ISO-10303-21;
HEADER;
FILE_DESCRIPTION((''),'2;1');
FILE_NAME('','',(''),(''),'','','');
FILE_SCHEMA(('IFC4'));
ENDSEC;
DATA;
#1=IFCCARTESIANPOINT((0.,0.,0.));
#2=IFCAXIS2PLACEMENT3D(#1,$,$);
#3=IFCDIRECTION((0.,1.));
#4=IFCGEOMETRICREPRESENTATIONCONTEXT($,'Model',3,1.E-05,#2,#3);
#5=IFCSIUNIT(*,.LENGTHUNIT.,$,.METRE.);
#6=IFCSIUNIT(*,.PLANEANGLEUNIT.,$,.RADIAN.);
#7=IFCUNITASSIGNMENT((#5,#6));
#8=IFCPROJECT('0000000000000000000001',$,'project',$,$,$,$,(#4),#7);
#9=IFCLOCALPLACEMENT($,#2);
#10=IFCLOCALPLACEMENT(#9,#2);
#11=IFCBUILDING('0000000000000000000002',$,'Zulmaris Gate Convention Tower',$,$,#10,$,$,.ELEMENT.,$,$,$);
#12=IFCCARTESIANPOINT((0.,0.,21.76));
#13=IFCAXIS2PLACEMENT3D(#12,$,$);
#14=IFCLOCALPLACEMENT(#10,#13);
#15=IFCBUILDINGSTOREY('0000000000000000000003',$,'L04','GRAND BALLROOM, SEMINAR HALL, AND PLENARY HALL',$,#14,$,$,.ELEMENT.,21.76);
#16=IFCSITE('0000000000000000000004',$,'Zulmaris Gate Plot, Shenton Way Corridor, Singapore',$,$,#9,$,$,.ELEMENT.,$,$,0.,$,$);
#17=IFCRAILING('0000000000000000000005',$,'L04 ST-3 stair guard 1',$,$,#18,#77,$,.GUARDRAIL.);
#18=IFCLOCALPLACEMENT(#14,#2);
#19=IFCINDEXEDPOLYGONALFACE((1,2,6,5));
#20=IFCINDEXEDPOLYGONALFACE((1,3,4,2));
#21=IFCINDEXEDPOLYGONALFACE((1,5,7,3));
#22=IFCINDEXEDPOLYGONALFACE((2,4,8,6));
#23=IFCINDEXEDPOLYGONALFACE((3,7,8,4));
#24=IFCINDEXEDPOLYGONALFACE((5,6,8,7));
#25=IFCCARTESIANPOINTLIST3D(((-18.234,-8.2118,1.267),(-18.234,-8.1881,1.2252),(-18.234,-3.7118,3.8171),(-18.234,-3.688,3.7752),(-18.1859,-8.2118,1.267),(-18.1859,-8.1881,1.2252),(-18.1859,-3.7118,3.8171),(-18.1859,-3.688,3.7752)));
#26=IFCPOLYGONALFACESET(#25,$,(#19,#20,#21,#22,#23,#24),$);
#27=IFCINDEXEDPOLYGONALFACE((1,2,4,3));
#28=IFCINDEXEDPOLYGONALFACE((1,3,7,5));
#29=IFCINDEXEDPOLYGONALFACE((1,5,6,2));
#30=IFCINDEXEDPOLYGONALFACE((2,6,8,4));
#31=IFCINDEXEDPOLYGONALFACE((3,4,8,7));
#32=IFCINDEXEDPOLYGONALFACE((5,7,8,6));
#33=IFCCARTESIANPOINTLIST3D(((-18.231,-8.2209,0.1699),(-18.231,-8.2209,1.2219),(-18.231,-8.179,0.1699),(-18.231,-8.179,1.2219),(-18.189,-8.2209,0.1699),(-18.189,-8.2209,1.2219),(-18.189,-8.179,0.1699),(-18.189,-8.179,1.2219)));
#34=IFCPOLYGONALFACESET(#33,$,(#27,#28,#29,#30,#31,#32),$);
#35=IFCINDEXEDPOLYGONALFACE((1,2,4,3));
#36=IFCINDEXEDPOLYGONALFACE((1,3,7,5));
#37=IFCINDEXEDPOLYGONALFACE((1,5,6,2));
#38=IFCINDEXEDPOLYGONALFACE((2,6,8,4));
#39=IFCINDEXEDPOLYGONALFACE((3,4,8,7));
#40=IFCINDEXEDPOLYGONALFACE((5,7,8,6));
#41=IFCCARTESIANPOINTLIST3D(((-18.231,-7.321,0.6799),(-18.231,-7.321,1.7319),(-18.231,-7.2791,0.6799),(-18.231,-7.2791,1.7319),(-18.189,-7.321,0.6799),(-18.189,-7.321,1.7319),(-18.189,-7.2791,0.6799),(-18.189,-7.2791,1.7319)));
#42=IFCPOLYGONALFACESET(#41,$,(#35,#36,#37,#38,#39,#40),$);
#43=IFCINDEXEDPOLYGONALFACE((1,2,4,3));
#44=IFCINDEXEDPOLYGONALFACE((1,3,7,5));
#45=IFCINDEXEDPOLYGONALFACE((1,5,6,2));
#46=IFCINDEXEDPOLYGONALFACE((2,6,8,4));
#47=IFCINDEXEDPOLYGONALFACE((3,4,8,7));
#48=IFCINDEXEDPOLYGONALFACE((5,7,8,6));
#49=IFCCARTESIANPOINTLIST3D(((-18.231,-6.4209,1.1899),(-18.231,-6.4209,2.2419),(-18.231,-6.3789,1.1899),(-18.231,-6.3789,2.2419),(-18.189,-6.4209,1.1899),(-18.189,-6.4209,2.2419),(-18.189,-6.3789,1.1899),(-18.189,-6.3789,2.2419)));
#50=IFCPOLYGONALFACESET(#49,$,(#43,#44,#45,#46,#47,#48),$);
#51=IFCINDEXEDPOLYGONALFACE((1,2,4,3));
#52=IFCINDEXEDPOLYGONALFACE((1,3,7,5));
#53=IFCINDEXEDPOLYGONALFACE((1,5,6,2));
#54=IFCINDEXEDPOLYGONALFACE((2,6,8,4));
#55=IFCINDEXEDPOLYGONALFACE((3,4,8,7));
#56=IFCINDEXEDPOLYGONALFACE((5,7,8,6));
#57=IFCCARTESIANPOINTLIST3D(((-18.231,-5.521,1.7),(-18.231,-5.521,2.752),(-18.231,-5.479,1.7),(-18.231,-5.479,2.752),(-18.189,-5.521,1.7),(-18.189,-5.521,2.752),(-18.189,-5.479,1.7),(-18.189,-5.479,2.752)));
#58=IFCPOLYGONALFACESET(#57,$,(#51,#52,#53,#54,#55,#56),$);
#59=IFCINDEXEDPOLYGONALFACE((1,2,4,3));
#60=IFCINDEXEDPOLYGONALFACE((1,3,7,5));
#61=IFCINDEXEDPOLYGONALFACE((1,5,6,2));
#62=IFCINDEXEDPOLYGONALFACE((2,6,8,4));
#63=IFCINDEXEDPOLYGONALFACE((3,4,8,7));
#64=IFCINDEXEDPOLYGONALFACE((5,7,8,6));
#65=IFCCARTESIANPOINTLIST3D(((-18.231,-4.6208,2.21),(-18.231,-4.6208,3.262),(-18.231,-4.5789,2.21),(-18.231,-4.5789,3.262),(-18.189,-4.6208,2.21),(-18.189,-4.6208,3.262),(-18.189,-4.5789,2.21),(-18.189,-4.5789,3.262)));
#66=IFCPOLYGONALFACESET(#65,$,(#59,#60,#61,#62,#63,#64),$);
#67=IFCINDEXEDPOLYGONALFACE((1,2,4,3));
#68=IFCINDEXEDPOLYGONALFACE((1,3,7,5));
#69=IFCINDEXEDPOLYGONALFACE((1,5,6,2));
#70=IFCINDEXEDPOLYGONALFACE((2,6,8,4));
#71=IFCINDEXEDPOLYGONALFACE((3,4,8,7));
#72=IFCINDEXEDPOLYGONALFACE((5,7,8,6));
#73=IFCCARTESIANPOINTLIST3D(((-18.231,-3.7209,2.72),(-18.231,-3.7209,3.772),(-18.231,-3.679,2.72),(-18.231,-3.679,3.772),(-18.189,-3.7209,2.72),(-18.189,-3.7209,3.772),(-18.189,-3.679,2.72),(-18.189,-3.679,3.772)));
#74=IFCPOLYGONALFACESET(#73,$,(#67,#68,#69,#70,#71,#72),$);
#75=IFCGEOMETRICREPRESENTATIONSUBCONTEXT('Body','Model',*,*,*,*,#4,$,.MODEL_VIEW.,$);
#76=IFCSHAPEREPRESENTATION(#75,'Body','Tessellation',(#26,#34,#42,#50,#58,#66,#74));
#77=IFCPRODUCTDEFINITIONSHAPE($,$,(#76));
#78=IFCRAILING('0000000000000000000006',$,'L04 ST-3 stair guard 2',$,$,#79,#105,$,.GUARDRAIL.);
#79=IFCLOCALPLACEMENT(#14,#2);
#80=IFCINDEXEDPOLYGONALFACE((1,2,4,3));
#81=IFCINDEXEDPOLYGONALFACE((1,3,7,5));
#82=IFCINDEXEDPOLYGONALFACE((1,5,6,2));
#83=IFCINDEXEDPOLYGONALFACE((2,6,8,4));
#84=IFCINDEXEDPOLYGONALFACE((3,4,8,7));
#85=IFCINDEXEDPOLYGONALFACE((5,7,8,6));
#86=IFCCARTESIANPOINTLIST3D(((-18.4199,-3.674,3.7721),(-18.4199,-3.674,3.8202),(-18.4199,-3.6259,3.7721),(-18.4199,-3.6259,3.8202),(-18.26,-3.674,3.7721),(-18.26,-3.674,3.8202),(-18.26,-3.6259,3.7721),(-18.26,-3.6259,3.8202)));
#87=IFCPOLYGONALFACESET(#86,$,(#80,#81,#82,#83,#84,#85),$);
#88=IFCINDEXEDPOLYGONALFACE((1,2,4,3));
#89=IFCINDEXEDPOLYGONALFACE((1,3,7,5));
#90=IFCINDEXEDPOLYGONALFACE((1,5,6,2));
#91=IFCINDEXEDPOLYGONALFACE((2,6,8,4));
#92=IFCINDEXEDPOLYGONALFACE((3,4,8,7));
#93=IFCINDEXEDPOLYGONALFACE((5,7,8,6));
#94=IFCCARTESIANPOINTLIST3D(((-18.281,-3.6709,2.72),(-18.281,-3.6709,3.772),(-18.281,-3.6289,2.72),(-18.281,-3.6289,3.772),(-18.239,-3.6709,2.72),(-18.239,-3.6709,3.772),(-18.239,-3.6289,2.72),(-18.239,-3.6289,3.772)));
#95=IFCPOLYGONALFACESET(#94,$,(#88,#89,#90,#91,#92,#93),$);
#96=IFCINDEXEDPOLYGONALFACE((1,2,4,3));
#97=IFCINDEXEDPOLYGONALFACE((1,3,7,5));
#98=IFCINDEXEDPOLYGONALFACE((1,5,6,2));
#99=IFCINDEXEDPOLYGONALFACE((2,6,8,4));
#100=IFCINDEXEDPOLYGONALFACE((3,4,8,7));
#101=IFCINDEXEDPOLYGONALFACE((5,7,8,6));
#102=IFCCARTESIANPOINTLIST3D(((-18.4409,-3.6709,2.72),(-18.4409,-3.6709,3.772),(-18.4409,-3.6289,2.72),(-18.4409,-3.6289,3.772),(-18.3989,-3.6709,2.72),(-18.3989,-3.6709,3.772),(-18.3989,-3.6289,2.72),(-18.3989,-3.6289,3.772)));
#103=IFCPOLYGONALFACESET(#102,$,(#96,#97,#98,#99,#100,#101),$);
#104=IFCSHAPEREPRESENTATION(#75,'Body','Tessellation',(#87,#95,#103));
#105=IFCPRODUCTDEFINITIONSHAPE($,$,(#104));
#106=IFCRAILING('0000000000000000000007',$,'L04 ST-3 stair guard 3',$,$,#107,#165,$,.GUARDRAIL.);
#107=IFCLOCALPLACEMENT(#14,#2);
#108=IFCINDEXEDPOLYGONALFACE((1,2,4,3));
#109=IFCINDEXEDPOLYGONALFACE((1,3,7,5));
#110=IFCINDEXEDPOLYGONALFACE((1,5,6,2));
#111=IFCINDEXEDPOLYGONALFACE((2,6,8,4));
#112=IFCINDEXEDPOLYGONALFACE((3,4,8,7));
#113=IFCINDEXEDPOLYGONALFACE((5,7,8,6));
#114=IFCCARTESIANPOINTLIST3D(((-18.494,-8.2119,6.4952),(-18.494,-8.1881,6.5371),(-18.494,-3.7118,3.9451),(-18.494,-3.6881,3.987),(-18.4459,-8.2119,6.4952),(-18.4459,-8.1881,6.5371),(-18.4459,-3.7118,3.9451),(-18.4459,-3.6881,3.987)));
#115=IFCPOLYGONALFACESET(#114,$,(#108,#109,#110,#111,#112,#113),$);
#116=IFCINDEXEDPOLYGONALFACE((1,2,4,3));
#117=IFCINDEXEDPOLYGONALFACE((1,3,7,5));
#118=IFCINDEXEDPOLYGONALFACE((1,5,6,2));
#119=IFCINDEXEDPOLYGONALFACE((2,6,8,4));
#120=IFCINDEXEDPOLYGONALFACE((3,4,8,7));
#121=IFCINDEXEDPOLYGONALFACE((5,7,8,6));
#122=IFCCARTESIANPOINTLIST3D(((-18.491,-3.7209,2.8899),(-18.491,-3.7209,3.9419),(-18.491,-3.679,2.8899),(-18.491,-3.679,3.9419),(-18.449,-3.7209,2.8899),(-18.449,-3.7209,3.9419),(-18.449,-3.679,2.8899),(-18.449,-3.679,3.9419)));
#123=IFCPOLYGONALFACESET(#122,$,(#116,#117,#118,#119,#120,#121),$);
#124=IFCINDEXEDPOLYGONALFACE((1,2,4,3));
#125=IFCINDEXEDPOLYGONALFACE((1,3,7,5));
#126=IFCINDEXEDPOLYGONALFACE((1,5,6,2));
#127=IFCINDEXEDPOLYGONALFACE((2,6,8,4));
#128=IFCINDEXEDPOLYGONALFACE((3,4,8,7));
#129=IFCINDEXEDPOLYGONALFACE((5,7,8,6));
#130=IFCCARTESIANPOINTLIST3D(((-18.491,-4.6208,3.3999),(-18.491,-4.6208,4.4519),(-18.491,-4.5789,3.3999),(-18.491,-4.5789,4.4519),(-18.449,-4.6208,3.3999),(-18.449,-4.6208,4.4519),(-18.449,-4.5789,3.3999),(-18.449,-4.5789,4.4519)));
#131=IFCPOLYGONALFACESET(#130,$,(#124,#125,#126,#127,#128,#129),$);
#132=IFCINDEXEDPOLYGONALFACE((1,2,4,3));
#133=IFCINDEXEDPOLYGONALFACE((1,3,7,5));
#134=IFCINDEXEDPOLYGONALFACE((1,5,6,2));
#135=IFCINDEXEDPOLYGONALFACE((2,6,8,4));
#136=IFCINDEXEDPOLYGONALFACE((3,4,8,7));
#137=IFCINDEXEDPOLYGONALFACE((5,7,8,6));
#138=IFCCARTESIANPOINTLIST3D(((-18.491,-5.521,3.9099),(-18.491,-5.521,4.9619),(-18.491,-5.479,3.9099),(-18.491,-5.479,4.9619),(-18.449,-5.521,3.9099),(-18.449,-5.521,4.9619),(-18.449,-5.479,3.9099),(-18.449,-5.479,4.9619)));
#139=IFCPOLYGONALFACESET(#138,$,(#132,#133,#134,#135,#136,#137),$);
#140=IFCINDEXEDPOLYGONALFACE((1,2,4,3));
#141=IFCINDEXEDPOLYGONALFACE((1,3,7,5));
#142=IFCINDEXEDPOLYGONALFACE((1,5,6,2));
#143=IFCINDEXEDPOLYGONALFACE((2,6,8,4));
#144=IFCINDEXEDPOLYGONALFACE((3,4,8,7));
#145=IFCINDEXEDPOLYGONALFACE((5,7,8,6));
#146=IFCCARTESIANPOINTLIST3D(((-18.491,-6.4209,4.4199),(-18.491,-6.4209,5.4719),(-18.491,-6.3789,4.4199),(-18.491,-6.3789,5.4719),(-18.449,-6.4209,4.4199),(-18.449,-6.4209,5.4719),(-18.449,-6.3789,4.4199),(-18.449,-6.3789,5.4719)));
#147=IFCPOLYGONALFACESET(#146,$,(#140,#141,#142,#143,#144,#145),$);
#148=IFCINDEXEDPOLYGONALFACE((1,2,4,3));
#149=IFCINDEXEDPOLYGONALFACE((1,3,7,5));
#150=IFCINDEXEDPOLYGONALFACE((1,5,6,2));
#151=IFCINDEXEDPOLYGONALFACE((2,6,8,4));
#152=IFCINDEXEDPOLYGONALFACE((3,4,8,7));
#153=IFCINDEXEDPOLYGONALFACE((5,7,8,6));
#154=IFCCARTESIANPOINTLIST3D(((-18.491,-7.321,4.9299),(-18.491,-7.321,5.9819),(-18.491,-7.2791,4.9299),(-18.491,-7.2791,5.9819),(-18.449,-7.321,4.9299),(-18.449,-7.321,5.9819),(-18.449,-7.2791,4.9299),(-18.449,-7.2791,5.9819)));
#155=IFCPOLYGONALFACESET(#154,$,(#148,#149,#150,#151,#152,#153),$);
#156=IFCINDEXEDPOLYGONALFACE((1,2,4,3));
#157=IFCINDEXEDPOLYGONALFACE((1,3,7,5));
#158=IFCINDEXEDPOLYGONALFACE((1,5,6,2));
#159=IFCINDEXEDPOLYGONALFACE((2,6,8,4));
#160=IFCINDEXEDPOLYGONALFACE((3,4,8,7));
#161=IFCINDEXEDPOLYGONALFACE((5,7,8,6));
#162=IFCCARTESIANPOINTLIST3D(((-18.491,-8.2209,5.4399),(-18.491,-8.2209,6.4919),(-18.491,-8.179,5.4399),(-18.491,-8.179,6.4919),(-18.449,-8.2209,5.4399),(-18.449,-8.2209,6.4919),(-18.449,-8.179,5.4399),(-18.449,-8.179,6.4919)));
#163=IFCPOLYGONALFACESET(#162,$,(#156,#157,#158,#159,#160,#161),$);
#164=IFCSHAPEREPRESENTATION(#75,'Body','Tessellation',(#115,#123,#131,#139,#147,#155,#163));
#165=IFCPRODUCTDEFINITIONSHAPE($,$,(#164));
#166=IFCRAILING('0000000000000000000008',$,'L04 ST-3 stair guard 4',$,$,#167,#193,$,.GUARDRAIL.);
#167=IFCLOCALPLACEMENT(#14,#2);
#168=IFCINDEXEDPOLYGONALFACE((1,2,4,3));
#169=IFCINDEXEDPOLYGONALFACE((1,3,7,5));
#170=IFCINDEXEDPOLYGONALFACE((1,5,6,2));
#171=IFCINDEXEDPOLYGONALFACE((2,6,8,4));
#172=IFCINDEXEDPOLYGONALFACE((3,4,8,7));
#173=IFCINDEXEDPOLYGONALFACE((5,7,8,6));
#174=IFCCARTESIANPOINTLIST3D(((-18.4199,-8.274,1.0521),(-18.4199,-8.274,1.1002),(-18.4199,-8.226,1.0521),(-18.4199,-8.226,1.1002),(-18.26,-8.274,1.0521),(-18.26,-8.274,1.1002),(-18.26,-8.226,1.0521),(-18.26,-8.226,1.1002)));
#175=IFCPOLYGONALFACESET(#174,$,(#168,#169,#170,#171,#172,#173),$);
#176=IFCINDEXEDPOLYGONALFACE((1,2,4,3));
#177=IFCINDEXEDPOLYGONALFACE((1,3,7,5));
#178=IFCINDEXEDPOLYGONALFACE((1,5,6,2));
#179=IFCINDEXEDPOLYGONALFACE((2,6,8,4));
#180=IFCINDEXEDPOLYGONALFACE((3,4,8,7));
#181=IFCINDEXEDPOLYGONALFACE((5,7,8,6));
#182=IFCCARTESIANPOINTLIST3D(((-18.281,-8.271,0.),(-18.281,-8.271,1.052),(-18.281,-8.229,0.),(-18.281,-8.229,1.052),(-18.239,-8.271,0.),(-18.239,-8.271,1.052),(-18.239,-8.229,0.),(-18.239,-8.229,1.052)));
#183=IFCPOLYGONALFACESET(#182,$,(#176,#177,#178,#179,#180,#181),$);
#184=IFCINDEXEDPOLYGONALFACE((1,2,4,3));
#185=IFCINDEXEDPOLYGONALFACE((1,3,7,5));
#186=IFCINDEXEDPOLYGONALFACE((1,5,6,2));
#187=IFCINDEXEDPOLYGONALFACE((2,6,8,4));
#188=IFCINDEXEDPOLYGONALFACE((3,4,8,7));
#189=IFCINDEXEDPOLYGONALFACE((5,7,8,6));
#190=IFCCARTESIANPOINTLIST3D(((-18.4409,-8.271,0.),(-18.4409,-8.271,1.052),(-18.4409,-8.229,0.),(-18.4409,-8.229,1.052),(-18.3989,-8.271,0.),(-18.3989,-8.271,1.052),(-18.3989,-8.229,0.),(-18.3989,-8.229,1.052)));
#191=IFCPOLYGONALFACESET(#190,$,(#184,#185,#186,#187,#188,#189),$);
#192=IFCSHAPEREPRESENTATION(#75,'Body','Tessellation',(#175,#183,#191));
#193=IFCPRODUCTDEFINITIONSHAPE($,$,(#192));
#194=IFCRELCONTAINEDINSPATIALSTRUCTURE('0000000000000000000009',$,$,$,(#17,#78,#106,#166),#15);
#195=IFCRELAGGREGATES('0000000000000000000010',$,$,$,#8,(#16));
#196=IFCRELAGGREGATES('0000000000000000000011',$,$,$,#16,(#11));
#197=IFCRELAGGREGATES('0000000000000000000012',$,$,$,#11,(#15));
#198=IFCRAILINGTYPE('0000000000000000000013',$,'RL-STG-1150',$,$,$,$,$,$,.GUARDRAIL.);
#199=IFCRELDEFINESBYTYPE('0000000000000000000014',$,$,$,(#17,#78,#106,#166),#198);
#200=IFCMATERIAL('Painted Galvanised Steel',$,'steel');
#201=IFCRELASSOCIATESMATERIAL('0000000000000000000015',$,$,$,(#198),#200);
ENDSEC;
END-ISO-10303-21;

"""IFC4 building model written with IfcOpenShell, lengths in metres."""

from ifc_helpers import new_model, si_unit, direction, frame, origin, origin_2d, place, context, subcontext, project, spatial, rectangle, extrude, material, type_object, element, save


model = new_model("IFC4")

# Units and contexts
model_context = context("Model", 3, precision=1e-05, world=origin(), true_north=direction((0.0, 1.0)))
body_context = subcontext(model_context, "Body", "Model", "MODEL_VIEW")
ifc_project = project(units=[si_unit("LENGTHUNIT", "METRE"), si_unit("PLANEANGLEUNIT", "RADIAN")], contexts=[model_context])

# Site, building, storey
site_placement = place(None, origin())
site = spatial("IfcSite", under=ifc_project, at=site_placement, Name="Zulmaris Gate Plot, Shenton Way Corridor, Singapore", CompositionType="ELEMENT", RefElevation=0.0)
building_placement = place(site_placement, origin())
building = spatial("IfcBuilding", under=site, at=building_placement, Name="Zulmaris Gate Convention Tower", CompositionType="ELEMENT")
storey_placement = place(building_placement, frame((0.0, 0.0, 21.76)))
storey = spatial("IfcBuildingStorey", under=building, at=storey_placement, Name="L04", Description="GRAND BALLROOM, SEMINAR HALL, AND PLENARY HALL", CompositionType="ELEMENT", Elevation=21.76)

# Railings
ifc_material_1 = material(Name="Painted Galvanised Steel", Category="steel")
railing_type_1 = type_object("IfcRailingType", Name="RL-STG-1150", PredefinedType="GUARDRAIL", material=ifc_material_1)
railing_1_placement = place(storey_placement, frame((-18.21, -8.2, 0.1699)))
element("IfcRailing", 1, at=railing_1_placement, inside=storey, type_object=railing_type_1, Name="L04 ST-3 stair guard 1", PredefinedType="GUARDRAIL", context=body_context, shape_type="SweptSolid", body=[
    extrude(rectangle(XDim=0.0481, YDim=0.0481, at=origin_2d()), frame((0.0, 0.0, 1.0762), z_axis=(0.0, 0.870018, 0.49302), x_axis=(-1.0, 0.0, 0.0)), (0.0, 0.0, 1.0), 5.1724),
    extrude(rectangle(XDim=0.042, YDim=0.042, at=origin_2d()), origin(), (0.0, 0.0, 1.0), 1.052),
    extrude(rectangle(XDim=0.042, YDim=0.042, at=origin_2d()), frame((0.0, 0.8999, 0.51)), (0.0, 0.0, 1.0), 1.052),
    extrude(rectangle(XDim=0.042, YDim=0.042, at=origin_2d()), frame((0.0, 1.8, 1.02)), (0.0, 0.0, 1.0), 1.052),
    extrude(rectangle(XDim=0.042, YDim=0.042, at=origin_2d()), frame((0.0, 2.7, 1.53)), (0.0, 0.0, 1.0), 1.052),
    extrude(rectangle(XDim=0.042, YDim=0.042, at=origin_2d()), frame((0.0, 3.6001, 2.04)), (0.0, 0.0, 1.0), 1.052),
    extrude(rectangle(XDim=0.042, YDim=0.042, at=origin_2d()), frame((0.0, 4.5, 2.55)), (0.0, 0.0, 1.0), 1.052),
])
railing_2_placement = place(storey_placement, frame((-18.26, -3.6499, 2.72)))
element("IfcRailing", 2, at=railing_2_placement, inside=storey, type_object=railing_type_1, Name="L04 ST-3 stair guard 2", PredefinedType="GUARDRAIL", context=body_context, shape_type="SweptSolid", body=[
    extrude(rectangle(XDim=0.0481, YDim=0.0481, at=origin_2d()), frame((0.0, 0.0, 1.0762), z_axis=(-1.0, 0.0, 0.0), x_axis=(0.0, -1.0, 0.0)), (0.0, 0.0, 1.0), 0.1599),
    extrude(rectangle(XDim=0.042, YDim=0.042, at=origin_2d()), origin(), (0.0, 0.0, 1.0), 1.052),
    extrude(rectangle(XDim=0.042, YDim=0.042, at=origin_2d()), frame((-0.1599, 0.0, 0.0)), (0.0, 0.0, 1.0), 1.052),
])
railing_3_placement = place(storey_placement, frame((-18.47, -3.7, 2.8899)))
element("IfcRailing", 3, at=railing_3_placement, inside=storey, type_object=railing_type_1, Name="L04 ST-3 stair guard 3", PredefinedType="GUARDRAIL", context=body_context, shape_type="SweptSolid", body=[
    extrude(rectangle(XDim=0.0481, YDim=0.0481, at=origin_2d()), frame((0.0, 0.0, 1.0762), z_axis=(0.0, -0.870018, 0.49302), x_axis=(1.0, 0.0, 0.0)), (0.0, 0.0, 1.0), 5.1724),
    extrude(rectangle(XDim=0.042, YDim=0.042, at=origin_2d()), origin(), (0.0, 0.0, 1.0), 1.052),
    extrude(rectangle(XDim=0.042, YDim=0.042, at=origin_2d()), frame((0.0, -0.8999, 0.51)), (0.0, 0.0, 1.0), 1.052),
    extrude(rectangle(XDim=0.042, YDim=0.042, at=origin_2d()), frame((0.0, -1.8, 1.02)), (0.0, 0.0, 1.0), 1.052),
    extrude(rectangle(XDim=0.042, YDim=0.042, at=origin_2d()), frame((0.0, -2.7, 1.53)), (0.0, 0.0, 1.0), 1.052),
    extrude(rectangle(XDim=0.042, YDim=0.042, at=origin_2d()), frame((0.0, -3.6001, 2.04)), (0.0, 0.0, 1.0), 1.052),
    extrude(rectangle(XDim=0.042, YDim=0.042, at=origin_2d()), frame((0.0, -4.5, 2.55)), (0.0, 0.0, 1.0), 1.052),
])
railing_4_placement = place(storey_placement, frame((-18.26, -8.25, 0.0)))
element("IfcRailing", 4, at=railing_4_placement, inside=storey, type_object=railing_type_1, Name="L04 ST-3 stair guard 4", PredefinedType="GUARDRAIL", context=body_context, shape_type="SweptSolid", body=[
    extrude(rectangle(XDim=0.0481, YDim=0.0481, at=origin_2d()), frame((0.0, 0.0, 1.0762), z_axis=(-1.0, 0.0, 0.0), x_axis=(0.0, -1.0, 0.0)), (0.0, 0.0, 1.0), 0.1599),
    extrude(rectangle(XDim=0.042, YDim=0.042, at=origin_2d()), origin(), (0.0, 0.0, 1.0), 1.052),
    extrude(rectangle(XDim=0.042, YDim=0.042, at=origin_2d()), frame((-0.1599, 0.0, 0.0)), (0.0, 0.0, 1.0), 1.052),
])

save(model, "model.ifc")
